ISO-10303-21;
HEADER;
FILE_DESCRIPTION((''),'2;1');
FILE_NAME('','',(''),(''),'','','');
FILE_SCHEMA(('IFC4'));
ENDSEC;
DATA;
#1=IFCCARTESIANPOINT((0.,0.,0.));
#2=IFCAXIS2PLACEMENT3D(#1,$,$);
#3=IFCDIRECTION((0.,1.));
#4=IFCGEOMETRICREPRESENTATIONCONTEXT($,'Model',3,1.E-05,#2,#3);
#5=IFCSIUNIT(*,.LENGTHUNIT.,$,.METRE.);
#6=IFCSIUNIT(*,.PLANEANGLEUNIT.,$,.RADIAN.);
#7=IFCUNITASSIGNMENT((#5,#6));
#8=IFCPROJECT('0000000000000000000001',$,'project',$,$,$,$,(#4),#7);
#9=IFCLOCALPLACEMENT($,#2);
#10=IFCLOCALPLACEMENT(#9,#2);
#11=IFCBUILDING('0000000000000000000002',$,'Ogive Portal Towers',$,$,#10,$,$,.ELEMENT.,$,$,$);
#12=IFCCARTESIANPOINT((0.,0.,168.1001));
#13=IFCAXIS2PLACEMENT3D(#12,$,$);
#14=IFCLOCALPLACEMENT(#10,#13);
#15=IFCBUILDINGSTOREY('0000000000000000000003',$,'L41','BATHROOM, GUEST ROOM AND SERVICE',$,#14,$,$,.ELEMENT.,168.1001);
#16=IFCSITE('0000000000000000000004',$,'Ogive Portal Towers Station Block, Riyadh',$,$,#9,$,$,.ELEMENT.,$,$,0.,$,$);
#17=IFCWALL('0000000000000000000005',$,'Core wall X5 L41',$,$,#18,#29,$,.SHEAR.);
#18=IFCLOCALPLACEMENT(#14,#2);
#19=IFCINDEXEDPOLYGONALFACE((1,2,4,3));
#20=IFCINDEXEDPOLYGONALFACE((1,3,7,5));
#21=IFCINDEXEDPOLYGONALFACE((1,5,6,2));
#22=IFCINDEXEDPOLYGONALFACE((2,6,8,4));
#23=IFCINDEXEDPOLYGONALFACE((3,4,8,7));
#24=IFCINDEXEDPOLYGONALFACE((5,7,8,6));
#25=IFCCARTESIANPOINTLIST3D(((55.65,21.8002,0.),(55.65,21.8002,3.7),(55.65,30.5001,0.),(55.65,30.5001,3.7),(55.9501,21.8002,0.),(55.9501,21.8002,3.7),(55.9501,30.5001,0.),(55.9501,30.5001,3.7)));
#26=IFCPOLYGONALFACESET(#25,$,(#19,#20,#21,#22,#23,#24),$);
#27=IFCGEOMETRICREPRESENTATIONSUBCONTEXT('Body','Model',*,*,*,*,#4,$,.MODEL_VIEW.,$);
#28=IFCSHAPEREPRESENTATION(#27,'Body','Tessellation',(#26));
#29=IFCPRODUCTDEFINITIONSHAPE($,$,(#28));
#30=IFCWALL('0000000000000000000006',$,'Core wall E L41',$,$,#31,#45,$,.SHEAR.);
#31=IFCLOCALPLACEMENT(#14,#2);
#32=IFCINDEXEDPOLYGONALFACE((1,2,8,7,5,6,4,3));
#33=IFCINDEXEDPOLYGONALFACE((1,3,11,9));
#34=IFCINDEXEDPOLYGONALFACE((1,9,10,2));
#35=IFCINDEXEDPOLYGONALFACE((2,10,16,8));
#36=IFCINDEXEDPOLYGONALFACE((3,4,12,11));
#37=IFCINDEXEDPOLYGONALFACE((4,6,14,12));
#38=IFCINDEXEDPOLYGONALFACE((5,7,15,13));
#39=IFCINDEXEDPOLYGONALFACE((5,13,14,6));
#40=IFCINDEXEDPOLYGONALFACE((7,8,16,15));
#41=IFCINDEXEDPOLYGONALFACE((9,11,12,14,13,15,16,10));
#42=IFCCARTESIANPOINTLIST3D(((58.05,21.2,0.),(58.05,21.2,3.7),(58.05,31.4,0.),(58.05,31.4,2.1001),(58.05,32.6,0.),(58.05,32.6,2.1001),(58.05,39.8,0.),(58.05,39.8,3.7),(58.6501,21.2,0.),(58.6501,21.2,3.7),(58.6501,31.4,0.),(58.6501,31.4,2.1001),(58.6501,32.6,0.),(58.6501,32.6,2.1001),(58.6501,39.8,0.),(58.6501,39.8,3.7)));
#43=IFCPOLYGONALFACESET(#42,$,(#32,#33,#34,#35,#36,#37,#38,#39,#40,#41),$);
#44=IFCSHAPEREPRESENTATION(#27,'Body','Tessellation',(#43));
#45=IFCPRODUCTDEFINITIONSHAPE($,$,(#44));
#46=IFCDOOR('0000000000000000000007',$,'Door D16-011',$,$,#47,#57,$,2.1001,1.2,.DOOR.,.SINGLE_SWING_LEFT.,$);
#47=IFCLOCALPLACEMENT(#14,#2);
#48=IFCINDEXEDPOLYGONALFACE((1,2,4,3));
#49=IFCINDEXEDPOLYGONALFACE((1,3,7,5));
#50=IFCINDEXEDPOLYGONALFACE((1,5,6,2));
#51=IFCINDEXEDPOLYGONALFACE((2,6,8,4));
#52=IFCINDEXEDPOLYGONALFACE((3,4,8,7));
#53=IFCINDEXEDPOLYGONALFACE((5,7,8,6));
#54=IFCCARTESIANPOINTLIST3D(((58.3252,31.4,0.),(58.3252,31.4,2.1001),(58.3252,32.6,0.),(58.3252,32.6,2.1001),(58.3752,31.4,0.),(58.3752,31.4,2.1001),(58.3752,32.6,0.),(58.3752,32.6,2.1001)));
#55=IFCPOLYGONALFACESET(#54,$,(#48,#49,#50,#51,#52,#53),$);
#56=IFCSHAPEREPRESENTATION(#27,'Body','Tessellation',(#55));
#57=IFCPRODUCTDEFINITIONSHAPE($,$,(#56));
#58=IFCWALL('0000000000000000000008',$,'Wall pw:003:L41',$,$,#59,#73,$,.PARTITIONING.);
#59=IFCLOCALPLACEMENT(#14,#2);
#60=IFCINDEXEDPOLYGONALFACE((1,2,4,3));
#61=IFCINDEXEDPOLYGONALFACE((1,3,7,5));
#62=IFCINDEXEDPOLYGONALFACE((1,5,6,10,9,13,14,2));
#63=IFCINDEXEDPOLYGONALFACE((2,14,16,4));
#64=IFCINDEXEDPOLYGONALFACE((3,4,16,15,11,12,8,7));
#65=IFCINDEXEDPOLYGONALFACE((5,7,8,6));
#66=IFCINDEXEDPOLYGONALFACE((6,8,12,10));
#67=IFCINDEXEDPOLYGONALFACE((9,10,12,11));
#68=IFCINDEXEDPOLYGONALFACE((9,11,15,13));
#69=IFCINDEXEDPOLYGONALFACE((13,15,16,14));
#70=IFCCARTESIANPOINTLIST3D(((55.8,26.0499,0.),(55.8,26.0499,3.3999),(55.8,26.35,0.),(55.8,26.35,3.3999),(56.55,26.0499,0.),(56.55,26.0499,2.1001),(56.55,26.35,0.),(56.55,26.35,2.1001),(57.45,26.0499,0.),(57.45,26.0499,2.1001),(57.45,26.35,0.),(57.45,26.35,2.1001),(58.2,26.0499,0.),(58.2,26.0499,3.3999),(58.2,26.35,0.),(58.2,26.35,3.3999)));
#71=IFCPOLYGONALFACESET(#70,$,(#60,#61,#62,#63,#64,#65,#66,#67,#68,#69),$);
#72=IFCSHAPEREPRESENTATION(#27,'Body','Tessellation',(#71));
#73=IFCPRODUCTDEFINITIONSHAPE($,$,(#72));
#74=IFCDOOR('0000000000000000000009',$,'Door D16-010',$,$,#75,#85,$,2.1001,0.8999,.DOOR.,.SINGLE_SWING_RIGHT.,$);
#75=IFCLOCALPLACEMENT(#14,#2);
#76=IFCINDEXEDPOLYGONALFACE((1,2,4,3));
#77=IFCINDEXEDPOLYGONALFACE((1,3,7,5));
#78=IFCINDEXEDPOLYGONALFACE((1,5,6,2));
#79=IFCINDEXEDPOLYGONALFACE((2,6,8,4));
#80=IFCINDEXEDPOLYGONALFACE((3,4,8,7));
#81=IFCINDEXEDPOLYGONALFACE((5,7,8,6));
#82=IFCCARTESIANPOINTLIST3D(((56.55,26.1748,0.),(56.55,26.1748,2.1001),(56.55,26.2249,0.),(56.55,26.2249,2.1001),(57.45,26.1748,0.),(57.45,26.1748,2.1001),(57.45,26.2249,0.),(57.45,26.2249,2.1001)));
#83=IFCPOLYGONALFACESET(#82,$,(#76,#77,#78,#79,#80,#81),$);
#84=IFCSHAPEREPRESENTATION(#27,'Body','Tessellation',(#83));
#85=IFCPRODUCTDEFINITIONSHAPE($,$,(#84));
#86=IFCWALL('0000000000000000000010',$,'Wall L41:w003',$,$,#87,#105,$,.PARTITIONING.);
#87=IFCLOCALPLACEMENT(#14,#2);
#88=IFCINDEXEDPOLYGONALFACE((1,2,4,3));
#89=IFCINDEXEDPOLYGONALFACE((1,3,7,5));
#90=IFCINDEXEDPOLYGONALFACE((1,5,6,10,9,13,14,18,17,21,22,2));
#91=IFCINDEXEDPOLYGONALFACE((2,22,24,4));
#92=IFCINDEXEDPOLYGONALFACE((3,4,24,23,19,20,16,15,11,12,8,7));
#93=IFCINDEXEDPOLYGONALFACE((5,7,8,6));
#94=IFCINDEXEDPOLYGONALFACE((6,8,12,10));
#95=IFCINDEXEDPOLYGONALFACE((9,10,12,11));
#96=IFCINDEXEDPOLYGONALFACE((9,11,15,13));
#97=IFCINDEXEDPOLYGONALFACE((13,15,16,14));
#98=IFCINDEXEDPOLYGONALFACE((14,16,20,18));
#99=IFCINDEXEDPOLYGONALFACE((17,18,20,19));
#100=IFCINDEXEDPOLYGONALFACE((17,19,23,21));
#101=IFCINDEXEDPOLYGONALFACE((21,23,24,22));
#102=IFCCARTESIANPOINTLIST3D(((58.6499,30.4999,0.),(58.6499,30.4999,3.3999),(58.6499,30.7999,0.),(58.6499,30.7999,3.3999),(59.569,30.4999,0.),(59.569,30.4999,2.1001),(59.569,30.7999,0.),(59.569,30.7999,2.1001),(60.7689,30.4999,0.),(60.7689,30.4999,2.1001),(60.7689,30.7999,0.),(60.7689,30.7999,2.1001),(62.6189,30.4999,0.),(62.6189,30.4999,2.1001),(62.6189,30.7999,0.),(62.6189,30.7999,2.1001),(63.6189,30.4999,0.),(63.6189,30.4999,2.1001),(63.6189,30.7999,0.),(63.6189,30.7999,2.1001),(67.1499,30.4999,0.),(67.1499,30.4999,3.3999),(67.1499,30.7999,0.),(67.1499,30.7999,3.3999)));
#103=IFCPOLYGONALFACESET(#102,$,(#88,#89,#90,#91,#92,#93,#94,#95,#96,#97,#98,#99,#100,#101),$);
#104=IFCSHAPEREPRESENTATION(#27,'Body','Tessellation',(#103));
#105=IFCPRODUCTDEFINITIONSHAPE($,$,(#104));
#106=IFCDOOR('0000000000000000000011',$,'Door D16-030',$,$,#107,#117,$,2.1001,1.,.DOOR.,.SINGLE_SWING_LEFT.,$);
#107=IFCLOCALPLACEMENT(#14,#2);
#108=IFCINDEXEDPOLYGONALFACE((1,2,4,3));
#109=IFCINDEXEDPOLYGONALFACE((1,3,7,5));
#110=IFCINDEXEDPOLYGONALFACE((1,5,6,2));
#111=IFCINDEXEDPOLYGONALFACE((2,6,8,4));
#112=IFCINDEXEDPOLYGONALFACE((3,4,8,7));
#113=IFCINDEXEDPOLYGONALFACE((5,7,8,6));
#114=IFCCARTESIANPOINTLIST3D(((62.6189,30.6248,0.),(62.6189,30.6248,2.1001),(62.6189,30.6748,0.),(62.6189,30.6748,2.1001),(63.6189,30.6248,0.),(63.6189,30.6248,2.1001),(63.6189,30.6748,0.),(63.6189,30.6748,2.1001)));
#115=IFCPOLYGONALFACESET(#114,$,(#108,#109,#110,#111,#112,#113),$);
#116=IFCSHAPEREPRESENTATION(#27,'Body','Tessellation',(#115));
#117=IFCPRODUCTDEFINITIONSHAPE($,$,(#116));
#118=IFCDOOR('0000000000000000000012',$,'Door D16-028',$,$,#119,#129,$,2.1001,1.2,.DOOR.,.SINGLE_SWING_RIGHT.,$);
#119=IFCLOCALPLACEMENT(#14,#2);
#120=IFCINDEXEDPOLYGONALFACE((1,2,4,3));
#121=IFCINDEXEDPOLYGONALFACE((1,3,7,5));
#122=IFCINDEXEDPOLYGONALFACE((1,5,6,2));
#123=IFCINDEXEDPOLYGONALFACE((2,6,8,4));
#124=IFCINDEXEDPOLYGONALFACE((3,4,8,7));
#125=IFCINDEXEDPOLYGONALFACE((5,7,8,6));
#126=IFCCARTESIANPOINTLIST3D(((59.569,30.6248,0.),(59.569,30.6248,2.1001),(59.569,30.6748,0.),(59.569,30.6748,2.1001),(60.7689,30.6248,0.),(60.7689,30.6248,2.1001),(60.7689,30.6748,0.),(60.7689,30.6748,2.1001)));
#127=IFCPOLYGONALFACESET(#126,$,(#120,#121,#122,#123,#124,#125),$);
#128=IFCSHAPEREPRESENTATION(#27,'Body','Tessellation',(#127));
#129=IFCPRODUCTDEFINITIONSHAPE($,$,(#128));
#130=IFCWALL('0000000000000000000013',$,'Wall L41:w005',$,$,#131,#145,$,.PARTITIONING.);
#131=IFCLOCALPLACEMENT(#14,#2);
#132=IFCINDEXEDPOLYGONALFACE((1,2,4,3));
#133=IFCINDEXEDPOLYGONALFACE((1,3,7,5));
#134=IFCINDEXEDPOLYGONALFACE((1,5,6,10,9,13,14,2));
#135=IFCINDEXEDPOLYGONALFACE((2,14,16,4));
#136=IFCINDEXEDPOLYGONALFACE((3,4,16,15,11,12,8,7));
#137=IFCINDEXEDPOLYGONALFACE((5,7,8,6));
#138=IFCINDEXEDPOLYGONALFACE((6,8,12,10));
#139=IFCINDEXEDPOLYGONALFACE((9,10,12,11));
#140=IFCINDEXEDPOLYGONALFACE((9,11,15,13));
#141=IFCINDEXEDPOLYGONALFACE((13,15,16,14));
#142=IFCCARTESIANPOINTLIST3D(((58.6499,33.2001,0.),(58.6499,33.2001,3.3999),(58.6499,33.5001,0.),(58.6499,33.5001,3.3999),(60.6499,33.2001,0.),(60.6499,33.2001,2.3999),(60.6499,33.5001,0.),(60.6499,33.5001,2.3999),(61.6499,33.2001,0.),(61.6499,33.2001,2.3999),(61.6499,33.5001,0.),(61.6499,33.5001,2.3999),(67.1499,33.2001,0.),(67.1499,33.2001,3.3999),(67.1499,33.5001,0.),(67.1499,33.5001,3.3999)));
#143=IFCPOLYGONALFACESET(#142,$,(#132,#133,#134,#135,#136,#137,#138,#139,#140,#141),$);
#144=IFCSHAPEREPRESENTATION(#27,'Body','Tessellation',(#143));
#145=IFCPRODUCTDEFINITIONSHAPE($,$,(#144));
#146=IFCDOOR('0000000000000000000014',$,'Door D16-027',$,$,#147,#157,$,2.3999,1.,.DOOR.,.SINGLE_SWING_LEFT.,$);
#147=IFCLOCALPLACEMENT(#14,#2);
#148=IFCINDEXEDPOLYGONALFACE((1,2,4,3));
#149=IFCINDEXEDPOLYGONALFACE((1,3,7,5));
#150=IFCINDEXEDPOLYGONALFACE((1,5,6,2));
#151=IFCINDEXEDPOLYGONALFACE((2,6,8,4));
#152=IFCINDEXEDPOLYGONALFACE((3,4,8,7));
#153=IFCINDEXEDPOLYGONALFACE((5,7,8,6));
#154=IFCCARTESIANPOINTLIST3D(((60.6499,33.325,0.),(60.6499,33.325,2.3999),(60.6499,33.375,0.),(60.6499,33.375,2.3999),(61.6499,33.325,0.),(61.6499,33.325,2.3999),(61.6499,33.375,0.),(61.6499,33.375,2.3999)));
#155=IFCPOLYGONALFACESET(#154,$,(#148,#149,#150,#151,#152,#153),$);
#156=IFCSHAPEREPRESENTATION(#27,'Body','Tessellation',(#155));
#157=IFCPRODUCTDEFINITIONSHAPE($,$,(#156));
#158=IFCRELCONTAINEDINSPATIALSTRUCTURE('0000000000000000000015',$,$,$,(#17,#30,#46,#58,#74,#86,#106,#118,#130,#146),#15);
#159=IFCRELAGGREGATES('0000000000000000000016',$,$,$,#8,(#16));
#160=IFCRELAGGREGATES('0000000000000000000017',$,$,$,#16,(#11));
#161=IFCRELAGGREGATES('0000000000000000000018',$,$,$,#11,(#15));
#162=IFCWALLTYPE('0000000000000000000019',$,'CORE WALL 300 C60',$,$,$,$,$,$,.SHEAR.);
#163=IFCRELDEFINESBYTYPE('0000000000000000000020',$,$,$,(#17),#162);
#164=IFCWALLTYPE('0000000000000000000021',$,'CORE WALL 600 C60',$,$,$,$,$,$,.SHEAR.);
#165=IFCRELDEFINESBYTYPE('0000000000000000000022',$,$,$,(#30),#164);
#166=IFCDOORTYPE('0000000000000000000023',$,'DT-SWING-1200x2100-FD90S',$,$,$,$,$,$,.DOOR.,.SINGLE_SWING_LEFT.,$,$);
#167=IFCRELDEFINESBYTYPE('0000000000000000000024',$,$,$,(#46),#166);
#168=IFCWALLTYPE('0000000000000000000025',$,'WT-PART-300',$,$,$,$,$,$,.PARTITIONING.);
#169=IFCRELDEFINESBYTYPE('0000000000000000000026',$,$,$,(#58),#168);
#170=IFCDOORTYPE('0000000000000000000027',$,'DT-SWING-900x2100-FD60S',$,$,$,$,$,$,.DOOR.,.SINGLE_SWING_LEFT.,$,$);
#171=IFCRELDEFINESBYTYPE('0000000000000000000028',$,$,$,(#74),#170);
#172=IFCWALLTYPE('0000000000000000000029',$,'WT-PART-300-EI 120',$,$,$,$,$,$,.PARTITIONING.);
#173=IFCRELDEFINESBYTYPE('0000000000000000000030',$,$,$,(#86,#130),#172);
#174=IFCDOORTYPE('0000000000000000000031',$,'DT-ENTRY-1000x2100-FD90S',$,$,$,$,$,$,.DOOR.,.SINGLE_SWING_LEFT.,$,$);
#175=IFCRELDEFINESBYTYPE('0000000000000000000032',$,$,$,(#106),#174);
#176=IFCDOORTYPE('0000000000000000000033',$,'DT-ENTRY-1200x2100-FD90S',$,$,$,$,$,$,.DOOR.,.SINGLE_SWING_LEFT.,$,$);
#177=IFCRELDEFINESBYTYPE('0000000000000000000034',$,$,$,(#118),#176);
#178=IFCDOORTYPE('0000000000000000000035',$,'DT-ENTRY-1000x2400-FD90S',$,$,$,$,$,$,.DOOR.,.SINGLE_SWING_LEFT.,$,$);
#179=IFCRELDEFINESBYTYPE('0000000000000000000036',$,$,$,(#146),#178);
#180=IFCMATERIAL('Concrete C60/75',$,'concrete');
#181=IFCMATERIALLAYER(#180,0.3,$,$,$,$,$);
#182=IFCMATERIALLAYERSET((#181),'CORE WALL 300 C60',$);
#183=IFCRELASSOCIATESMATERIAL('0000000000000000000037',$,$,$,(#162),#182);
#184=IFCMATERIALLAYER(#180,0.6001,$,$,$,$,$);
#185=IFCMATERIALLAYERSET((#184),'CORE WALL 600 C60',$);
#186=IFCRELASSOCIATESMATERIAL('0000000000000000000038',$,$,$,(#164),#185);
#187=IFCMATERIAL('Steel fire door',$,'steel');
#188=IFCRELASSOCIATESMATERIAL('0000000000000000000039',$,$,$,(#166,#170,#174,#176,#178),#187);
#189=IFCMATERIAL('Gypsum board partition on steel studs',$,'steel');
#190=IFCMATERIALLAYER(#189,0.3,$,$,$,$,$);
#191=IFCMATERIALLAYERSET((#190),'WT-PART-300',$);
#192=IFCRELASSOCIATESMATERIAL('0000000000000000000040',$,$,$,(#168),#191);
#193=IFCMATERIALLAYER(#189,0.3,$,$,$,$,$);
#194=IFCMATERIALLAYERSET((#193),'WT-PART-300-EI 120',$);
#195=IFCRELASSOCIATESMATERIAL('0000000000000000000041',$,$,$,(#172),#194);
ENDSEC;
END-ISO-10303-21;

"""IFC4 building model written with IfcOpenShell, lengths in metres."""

from ifc_helpers import new_model, si_unit, direction, frame, frame_2d, origin, place, context, subcontext, project, spatial, rectangle, extrude, material, layer, layer_set, type_object, element, fill, save


model = new_model("IFC4")

# Units and contexts
model_context = context("Model", 3, precision=1e-05, world=origin(), true_north=direction((0.0, 1.0)))
body_context = subcontext(model_context, "Body", "Model", "MODEL_VIEW")
ifc_project = project(units=[si_unit("LENGTHUNIT", "METRE"), si_unit("PLANEANGLEUNIT", "RADIAN")], contexts=[model_context])

# Site, building, storey
site_placement = place(None, origin())
site = spatial("IfcSite", under=ifc_project, at=site_placement, Name="Ogive Portal Towers Station Block, Riyadh", CompositionType="ELEMENT", RefElevation=0.0)
building_placement = place(site_placement, origin())
building = spatial("IfcBuilding", under=site, at=building_placement, Name="Ogive Portal Towers", CompositionType="ELEMENT")
storey_placement = place(building_placement, frame((0.0, 0.0, 168.1001)))
storey = spatial("IfcBuildingStorey", under=building, at=storey_placement, Name="L41", Description="BATHROOM, GUEST ROOM AND SERVICE", CompositionType="ELEMENT", Elevation=168.1001)

# Wall
ifc_material_1 = material(Name="Concrete C60/75", Category="concrete")
ifc_layer_1 = layer(ifc_material_1, 0.3)
ifc_layer_set_1 = layer_set([ifc_layer_1], Name="CORE WALL 300 C60")
wall_type_1 = type_object("IfcWallType", Name="CORE WALL 300 C60", PredefinedType="SHEAR", material=ifc_layer_set_1)
wall_1_placement = place(storey_placement, frame((55.8, 21.8, 0.0), z_axis=(0.0, 0.0, 1.0), x_axis=(0.0, 1.0, 0.0)))
element("IfcWall", 1, at=wall_1_placement, inside=storey, type_object=wall_type_1, Name="Core wall X5 L41", PredefinedType="SHEAR", context=body_context, shape_type="SweptSolid", body=[
    extrude(rectangle(XDim=8.7, YDim=0.3, at=frame_2d((4.3501, 0.0))), origin(), (0.0, 0.0, 1.0), 3.7),
])

# Walls, openings, doors
ifc_layer_2 = layer(ifc_material_1, 0.6001)
ifc_layer_set_2 = layer_set([ifc_layer_2], Name="CORE WALL 600 C60")
wall_type_2 = type_object("IfcWallType", Name="CORE WALL 600 C60", PredefinedType="SHEAR", material=ifc_layer_set_2)
wall_2_placement = place(storey_placement, frame((58.3501, 21.2, 0.0), z_axis=(0.0, 0.0, 1.0), x_axis=(0.0, 1.0, 0.0)))
wall_2 = element("IfcWall", 2, at=wall_2_placement, inside=storey, type_object=wall_type_2, Name="Core wall E L41", PredefinedType="SHEAR", context=body_context, shape_type="SweptSolid", body=[
    extrude(rectangle(XDim=18.6001, YDim=0.6001, at=frame_2d((9.3, 0.0))), origin(), (0.0, 0.0, 1.0), 3.7),
])
opening_1_placement = place(wall_2_placement, frame((10.2, 0.0, 0.0)))
opening_1 = element("IfcOpeningElement", 3, at=opening_1_placement, cuts=wall_2, PredefinedType="OPENING", context=body_context, shape_type="SweptSolid", body=[
    extrude(rectangle(XDim=1.2, YDim=2.1001, at=frame_2d((0.6001, 1.05))), frame((0.0, 0.3101, 0.0), z_axis=(0.0, -1.0, 0.0), x_axis=(1.0, 0.0, 0.0)), (0.0, 0.0, 1.0), 0.6201),
])
ifc_material_2 = material(Name="Steel fire door", Category="steel")
door_type_1 = type_object("IfcDoorType", Name="DT-SWING-1200x2100-FD90S", OperationType="SINGLE_SWING_LEFT", PredefinedType="DOOR", material=ifc_material_2)
door_1_placement = place(opening_1_placement, origin())
door_1 = element("IfcDoor", 4, at=door_1_placement, inside=storey, type_object=door_type_1, Name="Door D16-011", OperationType="SINGLE_SWING_LEFT", OverallHeight=2.1001, OverallWidth=1.2, PredefinedType="DOOR", context=body_context, shape_type="SweptSolid", body=[
    extrude(rectangle(XDim=1.2, YDim=2.1001, at=frame_2d((0.6001, 1.05))), frame((0.0, 0.0249, 0.0), z_axis=(0.0, -1.0, 0.0), x_axis=(1.0, 0.0, 0.0)), (0.0, 0.0, 1.0), 0.05),
])
fill(opening_1, door_1)
ifc_material_3 = material(Name="Gypsum board partition on steel studs", Category="steel")
ifc_layer_3 = layer(ifc_material_3, 0.3)
ifc_layer_set_3 = layer_set([ifc_layer_3], Name="WT-PART-300")
wall_type_3 = type_object("IfcWallType", Name="WT-PART-300", PredefinedType="PARTITIONING", material=ifc_layer_set_3)
wall_3_placement = place(storey_placement, frame((55.8, 26.2, 0.0), z_axis=(0.0, 0.0, 1.0), x_axis=(1.0, 0.0, 0.0)))
wall_3 = element("IfcWall", 5, at=wall_3_placement, inside=storey, type_object=wall_type_3, Name="Wall pw:003:L41", PredefinedType="PARTITIONING", context=body_context, shape_type="SweptSolid", body=[
    extrude(rectangle(XDim=2.3999, YDim=0.3, at=frame_2d((1.2, 0.0))), origin(), (0.0, 0.0, 1.0), 3.3999),
])
opening_2_placement = place(wall_3_placement, frame((0.75, 0.0, 0.0)))
opening_2 = element("IfcOpeningElement", 6, at=opening_2_placement, cuts=wall_3, PredefinedType="OPENING", context=body_context, shape_type="SweptSolid", body=[
    extrude(rectangle(XDim=0.8999, YDim=2.1001, at=frame_2d((0.45, 1.05))), frame((0.0, 0.1602, 0.0), z_axis=(0.0, -1.0, 0.0), x_axis=(1.0, 0.0, 0.0)), (0.0, 0.0, 1.0), 0.3201),
])
door_type_2 = type_object("IfcDoorType", Name="DT-SWING-900x2100-FD60S", OperationType="SINGLE_SWING_LEFT", PredefinedType="DOOR", material=ifc_material_2)
door_2_placement = place(opening_2_placement, origin())
door_2 = element("IfcDoor", 7, at=door_2_placement, inside=storey, type_object=door_type_2, Name="Door D16-010", OperationType="SINGLE_SWING_RIGHT", OverallHeight=2.1001, OverallWidth=0.8999, PredefinedType="DOOR", context=body_context, shape_type="SweptSolid", body=[
    extrude(rectangle(XDim=0.8999, YDim=2.1001, at=frame_2d((0.45, 1.05))), frame((0.0, 0.0249, 0.0), z_axis=(0.0, -1.0, 0.0), x_axis=(1.0, 0.0, 0.0)), (0.0, 0.0, 1.0), 0.05),
])
fill(opening_2, door_2)

# Wall, openings, doors
ifc_layer_4 = layer(ifc_material_3, 0.3)
ifc_layer_set_4 = layer_set([ifc_layer_4], Name="WT-PART-300-EI 120")
wall_type_4 = type_object("IfcWallType", Name="WT-PART-300-EI 120", PredefinedType="PARTITIONING", material=ifc_layer_set_4)
wall_4_placement = place(storey_placement, frame((58.6499, 30.6499, 0.0), z_axis=(0.0, 0.0, 1.0), x_axis=(1.0, 0.0, 0.0)))
wall_4 = element("IfcWall", 8, at=wall_4_placement, inside=storey, type_object=wall_type_4, Name="Wall L41:w003", PredefinedType="PARTITIONING", context=body_context, shape_type="SweptSolid", body=[
    extrude(rectangle(XDim=8.5, YDim=0.3, at=frame_2d((4.25, 0.0))), origin(), (0.0, 0.0, 1.0), 3.3999),
])
opening_3_placement = place(wall_4_placement, frame((0.9189, 0.0, 0.0)))
opening_3 = element("IfcOpeningElement", 9, at=opening_3_placement, cuts=wall_4, PredefinedType="OPENING", context=body_context, shape_type="SweptSolid", body=[
    extrude(rectangle(XDim=1.2, YDim=2.1001, at=frame_2d((0.6001, 1.05))), frame((0.0, 0.1602, 0.0), z_axis=(0.0, -1.0, 0.0), x_axis=(1.0, 0.0, 0.0)), (0.0, 0.0, 1.0), 0.3201),
])
opening_4_placement = place(wall_4_placement, frame((3.969, 0.0, 0.0)))
opening_4 = element("IfcOpeningElement", 10, at=opening_4_placement, cuts=wall_4, PredefinedType="OPENING", context=body_context, shape_type="SweptSolid", body=[
    extrude(rectangle(XDim=1.0, YDim=2.1001, at=frame_2d((0.5, 1.05))), frame((0.0, 0.1602, 0.0), z_axis=(0.0, -1.0, 0.0), x_axis=(1.0, 0.0, 0.0)), (0.0, 0.0, 1.0), 0.3201),
])
door_type_3 = type_object("IfcDoorType", Name="DT-ENTRY-1000x2100-FD90S", OperationType="SINGLE_SWING_LEFT", PredefinedType="DOOR", material=ifc_material_2)
door_3_placement = place(opening_4_placement, origin())
door_3 = element("IfcDoor", 11, at=door_3_placement, inside=storey, type_object=door_type_3, Name="Door D16-030", OperationType="SINGLE_SWING_LEFT", OverallHeight=2.1001, OverallWidth=1.0, PredefinedType="DOOR", context=body_context, shape_type="SweptSolid", body=[
    extrude(rectangle(XDim=1.0, YDim=2.1001, at=frame_2d((0.5, 1.05))), frame((0.0, 0.0249, 0.0), z_axis=(0.0, -1.0, 0.0), x_axis=(1.0, 0.0, 0.0)), (0.0, 0.0, 1.0), 0.05),
])
fill(opening_4, door_3)
door_type_4 = type_object("IfcDoorType", Name="DT-ENTRY-1200x2100-FD90S", OperationType="SINGLE_SWING_LEFT", PredefinedType="DOOR", material=ifc_material_2)
door_4_placement = place(opening_3_placement, origin())
door_4 = element("IfcDoor", 12, at=door_4_placement, inside=storey, type_object=door_type_4, Name="Door D16-028", OperationType="SINGLE_SWING_RIGHT", OverallHeight=2.1001, OverallWidth=1.2, PredefinedType="DOOR", context=body_context, shape_type="SweptSolid", body=[
    extrude(rectangle(XDim=1.2, YDim=2.1001, at=frame_2d((0.6001, 1.05))), frame((0.0, 0.0249, 0.0), z_axis=(0.0, -1.0, 0.0), x_axis=(1.0, 0.0, 0.0)), (0.0, 0.0, 1.0), 0.05),
])
fill(opening_3, door_4)

# Wall, opening, door
wall_5_placement = place(storey_placement, frame((58.6499, 33.3501, 0.0), z_axis=(0.0, 0.0, 1.0), x_axis=(1.0, 0.0, 0.0)))
wall_5 = element("IfcWall", 13, at=wall_5_placement, inside=storey, type_object=wall_type_4, Name="Wall L41:w005", PredefinedType="PARTITIONING", context=body_context, shape_type="SweptSolid", body=[
    extrude(rectangle(XDim=8.5, YDim=0.3, at=frame_2d((4.25, 0.0))), origin(), (0.0, 0.0, 1.0), 3.3999),
])
opening_5_placement = place(wall_5_placement, frame((2.0, 0.0, 0.0)))
opening_5 = element("IfcOpeningElement", 14, at=opening_5_placement, cuts=wall_5, PredefinedType="OPENING", context=body_context, shape_type="SweptSolid", body=[
    extrude(rectangle(XDim=1.0, YDim=2.3999, at=frame_2d((0.5, 1.2))), frame((0.0, 0.1602, 0.0), z_axis=(0.0, -1.0, 0.0), x_axis=(1.0, 0.0, 0.0)), (0.0, 0.0, 1.0), 0.3201),
])
door_type_5 = type_object("IfcDoorType", Name="DT-ENTRY-1000x2400-FD90S", OperationType="SINGLE_SWING_LEFT", PredefinedType="DOOR", material=ifc_material_2)
door_5_placement = place(opening_5_placement, origin())
door_5 = element("IfcDoor", 15, at=door_5_placement, inside=storey, type_object=door_type_5, Name="Door D16-027", OperationType="SINGLE_SWING_LEFT", OverallHeight=2.3999, OverallWidth=1.0, PredefinedType="DOOR", context=body_context, shape_type="SweptSolid", body=[
    extrude(rectangle(XDim=1.0, YDim=2.3999, at=frame_2d((0.5, 1.2))), frame((0.0, 0.0249, 0.0), z_axis=(0.0, -1.0, 0.0), x_axis=(1.0, 0.0, 0.0)), (0.0, 0.0, 1.0), 0.05),
])
fill(opening_5, door_5)

save(model, "model.ifc")
